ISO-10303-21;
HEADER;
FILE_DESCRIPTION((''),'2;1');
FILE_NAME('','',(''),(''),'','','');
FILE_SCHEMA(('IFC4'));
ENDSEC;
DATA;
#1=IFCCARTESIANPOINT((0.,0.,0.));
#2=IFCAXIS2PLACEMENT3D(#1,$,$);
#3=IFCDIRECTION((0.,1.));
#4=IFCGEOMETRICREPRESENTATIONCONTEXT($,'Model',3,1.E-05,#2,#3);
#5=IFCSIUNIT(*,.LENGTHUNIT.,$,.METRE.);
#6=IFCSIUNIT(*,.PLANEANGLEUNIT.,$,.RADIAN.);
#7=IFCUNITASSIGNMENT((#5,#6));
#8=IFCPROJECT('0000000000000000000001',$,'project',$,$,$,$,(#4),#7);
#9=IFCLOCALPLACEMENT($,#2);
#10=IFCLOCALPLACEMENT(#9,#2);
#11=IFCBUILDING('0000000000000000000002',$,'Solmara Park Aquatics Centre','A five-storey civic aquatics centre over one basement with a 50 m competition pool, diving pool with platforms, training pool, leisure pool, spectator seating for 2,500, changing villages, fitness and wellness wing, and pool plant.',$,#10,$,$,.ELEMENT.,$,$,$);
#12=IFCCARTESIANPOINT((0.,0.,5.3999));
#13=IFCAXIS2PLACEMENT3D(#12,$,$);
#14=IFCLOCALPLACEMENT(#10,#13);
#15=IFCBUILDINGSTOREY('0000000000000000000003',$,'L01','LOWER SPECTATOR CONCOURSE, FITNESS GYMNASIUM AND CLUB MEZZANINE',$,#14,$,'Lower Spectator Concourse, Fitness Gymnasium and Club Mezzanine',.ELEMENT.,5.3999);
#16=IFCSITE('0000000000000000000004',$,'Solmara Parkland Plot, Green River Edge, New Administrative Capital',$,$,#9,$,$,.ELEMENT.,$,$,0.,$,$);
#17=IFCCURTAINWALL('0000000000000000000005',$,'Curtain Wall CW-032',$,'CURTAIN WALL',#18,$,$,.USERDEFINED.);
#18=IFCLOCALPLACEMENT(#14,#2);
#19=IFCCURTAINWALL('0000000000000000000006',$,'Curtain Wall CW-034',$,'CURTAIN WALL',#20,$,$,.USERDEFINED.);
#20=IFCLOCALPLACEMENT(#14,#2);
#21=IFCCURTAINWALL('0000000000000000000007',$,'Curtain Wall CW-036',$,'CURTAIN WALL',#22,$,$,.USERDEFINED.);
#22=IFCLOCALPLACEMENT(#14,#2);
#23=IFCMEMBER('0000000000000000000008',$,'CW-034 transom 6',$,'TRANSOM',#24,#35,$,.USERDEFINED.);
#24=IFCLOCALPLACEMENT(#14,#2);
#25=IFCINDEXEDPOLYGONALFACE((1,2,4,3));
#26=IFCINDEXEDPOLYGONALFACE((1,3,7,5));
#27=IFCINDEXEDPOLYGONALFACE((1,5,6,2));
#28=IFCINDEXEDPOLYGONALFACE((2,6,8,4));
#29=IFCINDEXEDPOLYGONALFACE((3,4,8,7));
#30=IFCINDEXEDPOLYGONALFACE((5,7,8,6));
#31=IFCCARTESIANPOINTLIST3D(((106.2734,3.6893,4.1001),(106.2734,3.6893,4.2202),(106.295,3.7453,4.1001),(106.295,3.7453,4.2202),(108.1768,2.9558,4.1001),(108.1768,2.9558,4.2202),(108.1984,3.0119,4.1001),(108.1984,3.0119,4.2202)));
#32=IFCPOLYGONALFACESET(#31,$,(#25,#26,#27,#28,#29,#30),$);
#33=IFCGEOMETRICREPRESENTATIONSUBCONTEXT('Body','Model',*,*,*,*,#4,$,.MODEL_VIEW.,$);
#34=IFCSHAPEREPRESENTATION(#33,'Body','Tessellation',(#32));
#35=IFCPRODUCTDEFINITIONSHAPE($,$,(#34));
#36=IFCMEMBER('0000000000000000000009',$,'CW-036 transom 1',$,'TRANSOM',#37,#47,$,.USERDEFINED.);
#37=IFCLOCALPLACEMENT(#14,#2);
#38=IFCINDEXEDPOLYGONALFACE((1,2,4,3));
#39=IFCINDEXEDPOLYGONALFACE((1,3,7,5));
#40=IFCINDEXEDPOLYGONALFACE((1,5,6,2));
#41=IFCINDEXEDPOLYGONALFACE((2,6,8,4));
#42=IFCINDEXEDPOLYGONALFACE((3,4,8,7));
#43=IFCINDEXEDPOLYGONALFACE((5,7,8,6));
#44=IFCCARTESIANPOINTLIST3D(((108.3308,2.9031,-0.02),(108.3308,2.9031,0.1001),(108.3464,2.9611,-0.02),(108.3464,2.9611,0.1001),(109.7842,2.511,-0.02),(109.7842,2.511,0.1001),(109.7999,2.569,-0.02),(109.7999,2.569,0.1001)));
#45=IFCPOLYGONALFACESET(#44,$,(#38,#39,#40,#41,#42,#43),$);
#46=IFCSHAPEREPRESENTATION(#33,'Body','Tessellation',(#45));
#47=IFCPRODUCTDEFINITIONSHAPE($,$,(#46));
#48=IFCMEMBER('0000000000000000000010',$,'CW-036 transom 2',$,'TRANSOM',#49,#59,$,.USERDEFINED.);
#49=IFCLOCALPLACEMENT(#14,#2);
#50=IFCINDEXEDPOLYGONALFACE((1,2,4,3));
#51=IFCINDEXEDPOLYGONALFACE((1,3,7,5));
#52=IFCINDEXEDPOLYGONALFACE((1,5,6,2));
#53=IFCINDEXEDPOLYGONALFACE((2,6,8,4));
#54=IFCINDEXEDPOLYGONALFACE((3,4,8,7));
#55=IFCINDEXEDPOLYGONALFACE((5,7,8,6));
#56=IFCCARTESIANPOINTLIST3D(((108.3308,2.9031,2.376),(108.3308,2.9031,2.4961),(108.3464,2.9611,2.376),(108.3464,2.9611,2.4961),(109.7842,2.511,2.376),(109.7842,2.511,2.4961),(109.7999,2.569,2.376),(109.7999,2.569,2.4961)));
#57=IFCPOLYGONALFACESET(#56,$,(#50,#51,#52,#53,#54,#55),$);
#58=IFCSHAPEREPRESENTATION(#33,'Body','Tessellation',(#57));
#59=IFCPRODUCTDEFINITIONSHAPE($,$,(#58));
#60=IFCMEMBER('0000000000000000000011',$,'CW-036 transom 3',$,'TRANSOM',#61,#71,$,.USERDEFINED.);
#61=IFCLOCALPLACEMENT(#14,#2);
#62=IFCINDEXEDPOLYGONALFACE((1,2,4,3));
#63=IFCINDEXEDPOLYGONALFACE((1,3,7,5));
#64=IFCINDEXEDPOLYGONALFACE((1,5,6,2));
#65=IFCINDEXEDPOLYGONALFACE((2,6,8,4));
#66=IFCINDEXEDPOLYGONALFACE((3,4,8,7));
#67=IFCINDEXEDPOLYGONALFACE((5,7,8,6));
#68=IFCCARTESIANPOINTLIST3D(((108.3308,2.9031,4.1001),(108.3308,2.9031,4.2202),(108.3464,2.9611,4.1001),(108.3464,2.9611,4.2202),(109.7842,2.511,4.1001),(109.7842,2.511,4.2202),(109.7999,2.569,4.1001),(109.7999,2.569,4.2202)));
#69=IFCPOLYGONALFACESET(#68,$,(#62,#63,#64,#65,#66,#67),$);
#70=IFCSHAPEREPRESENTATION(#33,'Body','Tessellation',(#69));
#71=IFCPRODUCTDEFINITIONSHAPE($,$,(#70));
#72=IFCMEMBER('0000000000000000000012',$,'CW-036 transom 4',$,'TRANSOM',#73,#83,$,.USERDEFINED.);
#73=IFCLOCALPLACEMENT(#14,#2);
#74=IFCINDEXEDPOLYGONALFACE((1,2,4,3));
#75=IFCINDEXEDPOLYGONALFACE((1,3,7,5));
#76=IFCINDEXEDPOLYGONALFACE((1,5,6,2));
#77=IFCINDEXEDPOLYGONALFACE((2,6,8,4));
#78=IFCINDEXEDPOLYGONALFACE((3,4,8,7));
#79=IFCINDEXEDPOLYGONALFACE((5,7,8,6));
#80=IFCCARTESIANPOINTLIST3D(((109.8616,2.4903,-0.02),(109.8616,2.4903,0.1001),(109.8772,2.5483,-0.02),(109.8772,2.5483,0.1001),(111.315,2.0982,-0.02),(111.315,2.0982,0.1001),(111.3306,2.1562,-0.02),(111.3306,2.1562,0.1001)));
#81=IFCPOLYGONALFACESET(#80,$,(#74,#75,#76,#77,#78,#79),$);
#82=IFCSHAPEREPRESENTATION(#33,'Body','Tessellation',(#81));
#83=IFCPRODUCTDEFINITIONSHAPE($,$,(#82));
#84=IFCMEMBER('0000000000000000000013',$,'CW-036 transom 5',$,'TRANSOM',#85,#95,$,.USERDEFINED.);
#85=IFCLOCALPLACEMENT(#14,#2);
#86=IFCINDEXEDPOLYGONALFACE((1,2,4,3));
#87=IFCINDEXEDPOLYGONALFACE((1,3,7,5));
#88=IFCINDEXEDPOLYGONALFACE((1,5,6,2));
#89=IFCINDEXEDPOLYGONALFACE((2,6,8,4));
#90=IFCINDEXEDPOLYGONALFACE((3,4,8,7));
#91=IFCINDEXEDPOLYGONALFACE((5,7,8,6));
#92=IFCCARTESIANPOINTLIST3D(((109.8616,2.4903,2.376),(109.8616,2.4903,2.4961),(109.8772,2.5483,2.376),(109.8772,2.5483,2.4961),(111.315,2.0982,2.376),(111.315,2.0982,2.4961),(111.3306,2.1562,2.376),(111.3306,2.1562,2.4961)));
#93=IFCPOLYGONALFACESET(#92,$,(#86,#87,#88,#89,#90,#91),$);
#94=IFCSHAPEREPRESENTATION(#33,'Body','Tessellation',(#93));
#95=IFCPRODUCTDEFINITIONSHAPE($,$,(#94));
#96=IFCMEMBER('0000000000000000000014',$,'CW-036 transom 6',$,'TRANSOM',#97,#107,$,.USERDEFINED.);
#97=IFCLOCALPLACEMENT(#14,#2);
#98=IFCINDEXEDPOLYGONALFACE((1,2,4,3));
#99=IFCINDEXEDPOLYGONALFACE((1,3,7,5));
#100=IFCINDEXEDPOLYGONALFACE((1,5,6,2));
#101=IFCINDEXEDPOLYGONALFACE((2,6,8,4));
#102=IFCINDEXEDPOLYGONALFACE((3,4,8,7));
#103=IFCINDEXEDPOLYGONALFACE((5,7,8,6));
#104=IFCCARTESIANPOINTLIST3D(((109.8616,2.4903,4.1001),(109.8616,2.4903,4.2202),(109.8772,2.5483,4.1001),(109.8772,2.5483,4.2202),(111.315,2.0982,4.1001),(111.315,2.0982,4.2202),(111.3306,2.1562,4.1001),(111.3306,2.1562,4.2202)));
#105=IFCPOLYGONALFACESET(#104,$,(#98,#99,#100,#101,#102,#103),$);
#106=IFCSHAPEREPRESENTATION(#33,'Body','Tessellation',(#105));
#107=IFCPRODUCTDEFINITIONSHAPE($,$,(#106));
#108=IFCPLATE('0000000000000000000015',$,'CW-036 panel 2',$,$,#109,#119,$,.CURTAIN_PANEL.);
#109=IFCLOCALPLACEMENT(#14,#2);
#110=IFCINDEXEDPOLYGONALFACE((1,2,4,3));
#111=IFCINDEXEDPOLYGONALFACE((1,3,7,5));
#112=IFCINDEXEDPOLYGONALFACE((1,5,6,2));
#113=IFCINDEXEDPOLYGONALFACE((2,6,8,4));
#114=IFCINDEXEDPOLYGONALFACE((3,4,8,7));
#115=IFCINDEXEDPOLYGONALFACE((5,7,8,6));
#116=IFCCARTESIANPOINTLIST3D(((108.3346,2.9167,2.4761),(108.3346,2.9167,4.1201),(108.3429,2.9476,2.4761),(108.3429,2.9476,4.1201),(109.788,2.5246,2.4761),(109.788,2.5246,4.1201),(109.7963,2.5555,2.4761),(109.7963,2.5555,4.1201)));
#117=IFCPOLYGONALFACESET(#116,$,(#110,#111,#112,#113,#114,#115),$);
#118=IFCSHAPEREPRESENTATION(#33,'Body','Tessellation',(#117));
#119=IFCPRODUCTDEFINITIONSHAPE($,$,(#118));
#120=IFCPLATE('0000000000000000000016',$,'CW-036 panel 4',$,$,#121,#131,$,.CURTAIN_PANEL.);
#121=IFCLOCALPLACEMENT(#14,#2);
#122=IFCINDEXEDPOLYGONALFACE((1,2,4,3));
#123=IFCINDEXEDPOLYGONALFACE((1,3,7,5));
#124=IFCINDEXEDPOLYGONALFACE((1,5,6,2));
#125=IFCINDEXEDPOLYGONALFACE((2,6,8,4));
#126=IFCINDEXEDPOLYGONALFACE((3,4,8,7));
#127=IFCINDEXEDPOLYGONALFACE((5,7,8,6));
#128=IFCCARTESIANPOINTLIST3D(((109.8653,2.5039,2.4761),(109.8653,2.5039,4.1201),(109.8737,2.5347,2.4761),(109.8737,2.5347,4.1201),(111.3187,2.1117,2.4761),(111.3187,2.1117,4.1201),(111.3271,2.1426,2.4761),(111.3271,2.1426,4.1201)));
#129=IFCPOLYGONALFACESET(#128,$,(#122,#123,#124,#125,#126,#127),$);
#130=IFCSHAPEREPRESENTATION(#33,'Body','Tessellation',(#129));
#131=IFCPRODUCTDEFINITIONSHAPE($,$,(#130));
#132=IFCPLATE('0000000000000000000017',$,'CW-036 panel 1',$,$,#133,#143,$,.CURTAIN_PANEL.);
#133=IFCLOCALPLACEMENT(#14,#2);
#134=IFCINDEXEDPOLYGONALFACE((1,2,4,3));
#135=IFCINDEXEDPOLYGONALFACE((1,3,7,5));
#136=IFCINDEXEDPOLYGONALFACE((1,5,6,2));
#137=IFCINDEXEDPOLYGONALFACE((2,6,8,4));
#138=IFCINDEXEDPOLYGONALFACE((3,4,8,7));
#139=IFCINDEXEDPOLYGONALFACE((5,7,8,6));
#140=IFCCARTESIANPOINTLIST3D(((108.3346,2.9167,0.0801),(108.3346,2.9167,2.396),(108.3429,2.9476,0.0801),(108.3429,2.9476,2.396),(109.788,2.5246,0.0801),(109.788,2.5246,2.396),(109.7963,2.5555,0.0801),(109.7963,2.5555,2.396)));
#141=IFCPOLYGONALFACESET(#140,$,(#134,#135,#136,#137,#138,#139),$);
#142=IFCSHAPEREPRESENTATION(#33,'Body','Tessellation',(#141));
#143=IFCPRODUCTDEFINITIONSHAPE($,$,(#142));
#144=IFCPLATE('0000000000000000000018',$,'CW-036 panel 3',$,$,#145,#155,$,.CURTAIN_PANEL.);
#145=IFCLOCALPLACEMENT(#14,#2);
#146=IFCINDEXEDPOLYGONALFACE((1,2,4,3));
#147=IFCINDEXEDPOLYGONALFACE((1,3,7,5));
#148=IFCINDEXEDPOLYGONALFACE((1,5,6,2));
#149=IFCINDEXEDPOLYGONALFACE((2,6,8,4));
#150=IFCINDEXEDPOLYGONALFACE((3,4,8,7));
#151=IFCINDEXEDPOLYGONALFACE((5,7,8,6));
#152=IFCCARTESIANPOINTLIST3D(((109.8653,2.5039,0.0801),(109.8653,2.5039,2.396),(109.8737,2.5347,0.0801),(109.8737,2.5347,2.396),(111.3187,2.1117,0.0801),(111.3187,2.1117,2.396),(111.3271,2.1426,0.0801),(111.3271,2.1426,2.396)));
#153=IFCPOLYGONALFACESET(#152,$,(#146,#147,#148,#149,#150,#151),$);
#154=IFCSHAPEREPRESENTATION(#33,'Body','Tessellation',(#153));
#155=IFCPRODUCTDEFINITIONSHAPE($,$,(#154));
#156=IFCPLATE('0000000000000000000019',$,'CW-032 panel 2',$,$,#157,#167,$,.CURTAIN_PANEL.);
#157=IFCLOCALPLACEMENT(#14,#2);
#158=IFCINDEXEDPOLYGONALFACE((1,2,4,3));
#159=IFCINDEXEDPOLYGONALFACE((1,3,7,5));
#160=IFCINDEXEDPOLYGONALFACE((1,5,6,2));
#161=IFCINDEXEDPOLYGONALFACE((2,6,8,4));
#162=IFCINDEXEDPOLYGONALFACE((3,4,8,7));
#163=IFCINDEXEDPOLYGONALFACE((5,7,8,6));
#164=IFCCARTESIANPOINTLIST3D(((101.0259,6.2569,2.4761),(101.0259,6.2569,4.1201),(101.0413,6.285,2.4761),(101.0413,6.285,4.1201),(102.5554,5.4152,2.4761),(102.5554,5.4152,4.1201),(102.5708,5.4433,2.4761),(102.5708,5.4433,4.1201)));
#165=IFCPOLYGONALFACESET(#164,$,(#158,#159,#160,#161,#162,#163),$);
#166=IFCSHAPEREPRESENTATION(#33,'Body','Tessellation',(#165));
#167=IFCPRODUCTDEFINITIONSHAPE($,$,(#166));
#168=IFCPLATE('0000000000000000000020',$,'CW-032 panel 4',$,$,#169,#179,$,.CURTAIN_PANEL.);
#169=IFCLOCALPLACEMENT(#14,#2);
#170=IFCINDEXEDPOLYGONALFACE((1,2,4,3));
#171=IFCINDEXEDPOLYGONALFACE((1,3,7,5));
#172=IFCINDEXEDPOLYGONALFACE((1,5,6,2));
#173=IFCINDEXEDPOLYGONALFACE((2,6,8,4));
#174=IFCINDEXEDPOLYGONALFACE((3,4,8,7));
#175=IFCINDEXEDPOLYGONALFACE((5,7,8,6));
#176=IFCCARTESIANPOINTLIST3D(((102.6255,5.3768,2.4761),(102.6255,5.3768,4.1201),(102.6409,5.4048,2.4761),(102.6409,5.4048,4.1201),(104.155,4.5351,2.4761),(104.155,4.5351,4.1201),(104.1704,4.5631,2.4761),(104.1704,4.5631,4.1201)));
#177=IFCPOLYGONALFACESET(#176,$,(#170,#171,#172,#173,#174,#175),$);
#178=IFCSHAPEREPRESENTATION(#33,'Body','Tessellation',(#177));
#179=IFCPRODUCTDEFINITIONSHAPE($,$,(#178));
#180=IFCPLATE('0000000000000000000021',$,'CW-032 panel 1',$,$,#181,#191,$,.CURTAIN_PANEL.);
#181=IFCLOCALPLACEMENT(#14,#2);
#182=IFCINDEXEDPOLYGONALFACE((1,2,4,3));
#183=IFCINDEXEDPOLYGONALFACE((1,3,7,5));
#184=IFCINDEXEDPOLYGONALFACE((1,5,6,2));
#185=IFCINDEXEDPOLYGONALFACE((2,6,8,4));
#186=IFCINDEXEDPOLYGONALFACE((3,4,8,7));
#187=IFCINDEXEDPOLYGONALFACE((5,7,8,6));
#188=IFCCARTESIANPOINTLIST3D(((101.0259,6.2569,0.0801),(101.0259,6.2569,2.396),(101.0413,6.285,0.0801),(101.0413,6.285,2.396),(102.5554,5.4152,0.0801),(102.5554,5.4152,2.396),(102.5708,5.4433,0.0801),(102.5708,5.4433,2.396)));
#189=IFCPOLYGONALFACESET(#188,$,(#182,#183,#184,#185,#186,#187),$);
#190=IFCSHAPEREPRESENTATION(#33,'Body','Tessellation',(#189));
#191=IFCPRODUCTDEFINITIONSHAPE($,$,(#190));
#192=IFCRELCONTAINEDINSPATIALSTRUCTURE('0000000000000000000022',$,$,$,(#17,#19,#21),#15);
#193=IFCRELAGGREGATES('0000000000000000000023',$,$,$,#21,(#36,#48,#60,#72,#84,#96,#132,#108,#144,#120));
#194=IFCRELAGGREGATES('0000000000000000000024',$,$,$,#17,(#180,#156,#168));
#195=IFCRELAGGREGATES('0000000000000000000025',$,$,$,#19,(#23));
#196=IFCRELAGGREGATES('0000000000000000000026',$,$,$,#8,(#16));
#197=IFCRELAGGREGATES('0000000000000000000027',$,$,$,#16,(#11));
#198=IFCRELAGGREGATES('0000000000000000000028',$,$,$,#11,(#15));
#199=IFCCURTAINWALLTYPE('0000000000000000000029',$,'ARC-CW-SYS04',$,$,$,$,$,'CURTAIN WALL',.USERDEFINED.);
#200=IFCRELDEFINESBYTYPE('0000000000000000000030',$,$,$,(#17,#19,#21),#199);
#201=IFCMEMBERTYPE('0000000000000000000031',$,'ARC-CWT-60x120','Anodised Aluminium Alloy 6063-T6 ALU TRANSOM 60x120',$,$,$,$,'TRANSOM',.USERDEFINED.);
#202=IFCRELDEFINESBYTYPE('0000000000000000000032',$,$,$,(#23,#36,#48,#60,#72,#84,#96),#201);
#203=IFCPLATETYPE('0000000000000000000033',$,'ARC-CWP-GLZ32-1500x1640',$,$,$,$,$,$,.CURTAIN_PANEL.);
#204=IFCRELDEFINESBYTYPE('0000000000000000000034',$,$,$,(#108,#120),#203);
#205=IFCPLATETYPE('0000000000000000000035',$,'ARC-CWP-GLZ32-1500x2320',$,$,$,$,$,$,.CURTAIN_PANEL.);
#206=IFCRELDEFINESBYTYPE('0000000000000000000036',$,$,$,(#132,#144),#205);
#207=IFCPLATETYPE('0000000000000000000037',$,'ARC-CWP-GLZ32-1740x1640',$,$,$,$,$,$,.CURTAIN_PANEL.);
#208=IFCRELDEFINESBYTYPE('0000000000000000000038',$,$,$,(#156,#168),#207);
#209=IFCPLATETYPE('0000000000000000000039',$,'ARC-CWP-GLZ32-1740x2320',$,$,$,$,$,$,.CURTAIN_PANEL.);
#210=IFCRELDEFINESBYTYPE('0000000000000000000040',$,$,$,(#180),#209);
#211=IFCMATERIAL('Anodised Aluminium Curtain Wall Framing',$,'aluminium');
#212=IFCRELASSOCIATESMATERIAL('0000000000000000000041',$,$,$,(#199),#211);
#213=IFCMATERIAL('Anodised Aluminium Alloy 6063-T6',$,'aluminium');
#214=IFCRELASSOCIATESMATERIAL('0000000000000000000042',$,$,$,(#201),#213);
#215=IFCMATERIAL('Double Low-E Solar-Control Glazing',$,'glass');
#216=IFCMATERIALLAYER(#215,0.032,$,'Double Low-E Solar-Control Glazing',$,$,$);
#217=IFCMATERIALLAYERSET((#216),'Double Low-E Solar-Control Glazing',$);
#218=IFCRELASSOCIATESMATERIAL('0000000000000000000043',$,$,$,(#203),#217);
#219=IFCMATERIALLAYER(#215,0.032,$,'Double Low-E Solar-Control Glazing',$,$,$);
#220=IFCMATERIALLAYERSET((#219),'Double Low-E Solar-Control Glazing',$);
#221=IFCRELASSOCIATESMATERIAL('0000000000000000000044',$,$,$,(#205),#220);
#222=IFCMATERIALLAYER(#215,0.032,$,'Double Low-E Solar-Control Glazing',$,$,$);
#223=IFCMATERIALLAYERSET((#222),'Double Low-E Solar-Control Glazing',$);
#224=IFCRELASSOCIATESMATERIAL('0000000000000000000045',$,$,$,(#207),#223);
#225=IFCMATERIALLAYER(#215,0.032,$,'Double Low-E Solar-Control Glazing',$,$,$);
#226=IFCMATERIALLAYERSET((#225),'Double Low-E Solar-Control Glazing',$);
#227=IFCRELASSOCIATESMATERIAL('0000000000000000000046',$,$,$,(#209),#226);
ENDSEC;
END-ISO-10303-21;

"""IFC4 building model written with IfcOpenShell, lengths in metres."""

from ifc_helpers import new_model, si_unit, direction, frame, origin, origin_2d, place, context, subcontext, project, spatial, rectangle, extrude, material, layer, layer_set, material_profile, profile_set, type_object, element, aggregate, save


model = new_model("IFC4")

# Units and contexts
model_context = context("Model", 3, precision=1e-05, world=origin(), true_north=direction((0.0, 1.0)))
body_context = subcontext(model_context, "Body", "Model", "MODEL_VIEW")
ifc_project = project(units=[si_unit("LENGTHUNIT", "METRE"), si_unit("PLANEANGLEUNIT", "RADIAN")], contexts=[model_context])

# Site, building, storey
site_placement = place(None, origin())
site = spatial("IfcSite", under=ifc_project, at=site_placement, Name="Solmara Parkland Plot, Green River Edge, New Administrative Capital", CompositionType="ELEMENT", RefElevation=0.0)
building_placement = place(site_placement, origin())
building = spatial("IfcBuilding", under=site, at=building_placement, Name="Solmara Park Aquatics Centre", Description="A five-storey civic aquatics centre over one basement with a 50 m competition pool, diving pool with platforms, training pool, leisure pool, spectator seating for 2,500, changing villages, fitness and wellness wing, and pool plant.", CompositionType="ELEMENT")
storey_placement = place(building_placement, frame((0.0, 0.0, 5.3999)))
storey = spatial("IfcBuildingStorey", under=building, at=storey_placement, Name="L01", Description="LOWER SPECTATOR CONCOURSE, FITNESS GYMNASIUM AND CLUB MEZZANINE", LongName="Lower Spectator Concourse, Fitness Gymnasium and Club Mezzanine", CompositionType="ELEMENT", Elevation=5.3999)

# Curtain walls
ifc_material_1 = material(Name="Anodised Aluminium Curtain Wall Framing", Category="aluminium")
curtain_wall_type = type_object("IfcCurtainWallType", Name="ARC-CW-SYS04", ElementType="CURTAIN WALL", PredefinedType="USERDEFINED", material=ifc_material_1)
curtain_wall_1_placement = place(storey_placement, origin())
curtain_wall_1 = element("IfcCurtainWall", 1, at=curtain_wall_1_placement, inside=storey, type_object=curtain_wall_type, Name="Curtain Wall CW-032", ObjectType="CURTAIN WALL", PredefinedType="USERDEFINED")
ifc_material_2 = material(Name="Anodised Aluminium Alloy 6063-T6", Category="aluminium")
curtain_wall_2_placement = place(storey_placement, origin())
curtain_wall_2 = element("IfcCurtainWall", 2, at=curtain_wall_2_placement, inside=storey, type_object=curtain_wall_type, Name="Curtain Wall CW-034", ObjectType="CURTAIN WALL", PredefinedType="USERDEFINED")
curtain_wall_3_placement = place(storey_placement, origin())
curtain_wall_3 = element("IfcCurtainWall", 3, at=curtain_wall_3_placement, inside=storey, type_object=curtain_wall_type, Name="Curtain Wall CW-036", ObjectType="CURTAIN WALL", PredefinedType="USERDEFINED")

# Members
ifc_material_profile_1 = material_profile(ifc_material_2, rectangle(XDim=0.0601, YDim=0.1201, at=origin_2d()), Name="ALU TRANSOM 60x120")
ifc_profile_set_1 = profile_set([ifc_material_profile_1], Name="Anodised Aluminium Alloy 6063-T6")
member_type_1 = type_object("IfcMemberType", Name="ARC-CWT-60x120", Description="Anodised Aluminium Alloy 6063-T6 ALU TRANSOM 60x120", ElementType="TRANSOM", PredefinedType="USERDEFINED", material=ifc_profile_set_1)
member_1_placement = place(storey_placement, frame((106.2842, 3.7173, 4.1602), z_axis=(0.933123, -0.359556, 0.0), x_axis=(0.359556, 0.933123, 0.0)))
member_1 = element("IfcMember", 4, at=member_1_placement, type_object=member_type_1, Name="CW-034 transom 6", ObjectType="TRANSOM", PredefinedType="USERDEFINED", context=body_context, shape_type="SweptSolid", body=[
    extrude(rectangle(XDim=0.0601, YDim=0.1201, at=origin_2d()), origin(), (0.0, 0.0, 1.0), 2.0398),
])
member_2_placement = place(storey_placement, frame((108.3386, 2.9321, 0.04), z_axis=(0.965483, -0.260468, 0.0), x_axis=(0.260468, 0.965483, 0.0)))
member_2 = element("IfcMember", 5, at=member_2_placement, type_object=member_type_1, Name="CW-036 transom 1", ObjectType="TRANSOM", PredefinedType="USERDEFINED", context=body_context, shape_type="SweptSolid", body=[
    extrude(rectangle(XDim=0.0601, YDim=0.1201, at=origin_2d()), origin(), (0.0, 0.0, 1.0), 1.5054),
])
member_3_placement = place(storey_placement, frame((108.3386, 2.9321, 2.436), z_axis=(0.965483, -0.260468, 0.0), x_axis=(0.260468, 0.965483, 0.0)))
member_3 = element("IfcMember", 6, at=member_3_placement, type_object=member_type_1, Name="CW-036 transom 2", ObjectType="TRANSOM", PredefinedType="USERDEFINED", context=body_context, shape_type="SweptSolid", body=[
    extrude(rectangle(XDim=0.0601, YDim=0.1201, at=origin_2d()), origin(), (0.0, 0.0, 1.0), 1.5054),
])
member_4_placement = place(storey_placement, frame((108.3386, 2.9321, 4.1602), z_axis=(0.965483, -0.260468, 0.0), x_axis=(0.260468, 0.965483, 0.0)))
member_4 = element("IfcMember", 7, at=member_4_placement, type_object=member_type_1, Name="CW-036 transom 3", ObjectType="TRANSOM", PredefinedType="USERDEFINED", context=body_context, shape_type="SweptSolid", body=[
    extrude(rectangle(XDim=0.0601, YDim=0.1201, at=origin_2d()), origin(), (0.0, 0.0, 1.0), 1.5054),
])
member_5_placement = place(storey_placement, frame((109.8694, 2.5193, 0.04), z_axis=(0.965483, -0.260468, 0.0), x_axis=(0.260468, 0.965483, 0.0)))
member_5 = element("IfcMember", 8, at=member_5_placement, type_object=member_type_1, Name="CW-036 transom 4", ObjectType="TRANSOM", PredefinedType="USERDEFINED", context=body_context, shape_type="SweptSolid", body=[
    extrude(rectangle(XDim=0.0601, YDim=0.1201, at=origin_2d()), origin(), (0.0, 0.0, 1.0), 1.5054),
])
member_6_placement = place(storey_placement, frame((109.8694, 2.5193, 2.436), z_axis=(0.965483, -0.260468, 0.0), x_axis=(0.260468, 0.965483, 0.0)))
member_6 = element("IfcMember", 9, at=member_6_placement, type_object=member_type_1, Name="CW-036 transom 5", ObjectType="TRANSOM", PredefinedType="USERDEFINED", context=body_context, shape_type="SweptSolid", body=[
    extrude(rectangle(XDim=0.0601, YDim=0.1201, at=origin_2d()), origin(), (0.0, 0.0, 1.0), 1.5054),
])
member_7_placement = place(storey_placement, frame((109.8694, 2.5193, 4.1602), z_axis=(0.965483, -0.260468, 0.0), x_axis=(0.260468, 0.965483, 0.0)))
member_7 = element("IfcMember", 10, at=member_7_placement, type_object=member_type_1, Name="CW-036 transom 6", ObjectType="TRANSOM", PredefinedType="USERDEFINED", context=body_context, shape_type="SweptSolid", body=[
    extrude(rectangle(XDim=0.0601, YDim=0.1201, at=origin_2d()), origin(), (0.0, 0.0, 1.0), 1.5054),
])

# Plates
ifc_material_3 = material(Name="Double Low-E Solar-Control Glazing", Category="glass")
ifc_layer_1 = layer(ifc_material_3, 0.032, Name="Double Low-E Solar-Control Glazing")
ifc_layer_set_1 = layer_set([ifc_layer_1], Name="Double Low-E Solar-Control Glazing")
plate_type_1 = type_object("IfcPlateType", Name="ARC-CWP-GLZ32-1500x1640", PredefinedType="CURTAIN_PANEL", material=ifc_layer_set_1)
plate_1_placement = place(storey_placement, frame((109.0654, 2.7361, 2.4761), z_axis=(0.0, 0.0, 1.0), x_axis=(0.96548, -0.260476, 0.0)))
plate_1 = element("IfcPlate", 11, at=plate_1_placement, type_object=plate_type_1, Name="CW-036 panel 2", PredefinedType="CURTAIN_PANEL", context=body_context, shape_type="SweptSolid", body=[
    extrude(rectangle(XDim=1.5054, YDim=0.032, at=origin_2d()), origin(), (0.0, 0.0, 1.0), 1.644),
])
plate_2_placement = place(storey_placement, frame((110.5962, 2.3232, 2.4761), z_axis=(0.0, 0.0, 1.0), x_axis=(0.96548, -0.260476, 0.0)))
plate_2 = element("IfcPlate", 12, at=plate_2_placement, type_object=plate_type_1, Name="CW-036 panel 4", PredefinedType="CURTAIN_PANEL", context=body_context, shape_type="SweptSolid", body=[
    extrude(rectangle(XDim=1.5054, YDim=0.032, at=origin_2d()), origin(), (0.0, 0.0, 1.0), 1.644),
])
ifc_layer_2 = layer(ifc_material_3, 0.032, Name="Double Low-E Solar-Control Glazing")
ifc_layer_set_2 = layer_set([ifc_layer_2], Name="Double Low-E Solar-Control Glazing")
plate_type_2 = type_object("IfcPlateType", Name="ARC-CWP-GLZ32-1500x2320", PredefinedType="CURTAIN_PANEL", material=ifc_layer_set_2)
plate_3_placement = place(storey_placement, frame((109.0654, 2.7361, 0.0801), z_axis=(0.0, 0.0, 1.0), x_axis=(0.96548, -0.260476, 0.0)))
plate_3 = element("IfcPlate", 13, at=plate_3_placement, type_object=plate_type_2, Name="CW-036 panel 1", PredefinedType="CURTAIN_PANEL", context=body_context, shape_type="SweptSolid", body=[
    extrude(rectangle(XDim=1.5054, YDim=0.032, at=origin_2d()), origin(), (0.0, 0.0, 1.0), 2.3159),
])
plate_4_placement = place(storey_placement, frame((110.5962, 2.3232, 0.0801), z_axis=(0.0, 0.0, 1.0), x_axis=(0.96548, -0.260476, 0.0)))
plate_4 = element("IfcPlate", 14, at=plate_4_placement, type_object=plate_type_2, Name="CW-036 panel 3", PredefinedType="CURTAIN_PANEL", context=body_context, shape_type="SweptSolid", body=[
    extrude(rectangle(XDim=1.5054, YDim=0.032, at=origin_2d()), origin(), (0.0, 0.0, 1.0), 2.3159),
])
aggregate(curtain_wall_3, [member_2, member_3, member_4, member_5, member_6, member_7, plate_3, plate_1, plate_4, plate_2])
ifc_layer_3 = layer(ifc_material_3, 0.032, Name="Double Low-E Solar-Control Glazing")
ifc_layer_set_3 = layer_set([ifc_layer_3], Name="Double Low-E Solar-Control Glazing")
plate_type_3 = type_object("IfcPlateType", Name="ARC-CWP-GLZ32-1740x1640", PredefinedType="CURTAIN_PANEL", material=ifc_layer_set_3)
plate_5_placement = place(storey_placement, frame((101.7983, 5.8501, 2.4761), z_axis=(0.0, 0.0, 1.0), x_axis=(0.876105, -0.482121, 0.0)))
plate_5 = element("IfcPlate", 15, at=plate_5_placement, type_object=plate_type_3, Name="CW-032 panel 2", PredefinedType="CURTAIN_PANEL", context=body_context, shape_type="SweptSolid", body=[
    extrude(rectangle(XDim=1.7458, YDim=0.032, at=origin_2d()), origin(), (0.0, 0.0, 1.0), 1.644),
])
plate_6_placement = place(storey_placement, frame((103.3979, 4.97, 2.4761), z_axis=(0.0, 0.0, 1.0), x_axis=(0.876105, -0.482121, 0.0)))
plate_6 = element("IfcPlate", 16, at=plate_6_placement, type_object=plate_type_3, Name="CW-032 panel 4", PredefinedType="CURTAIN_PANEL", context=body_context, shape_type="SweptSolid", body=[
    extrude(rectangle(XDim=1.7458, YDim=0.032, at=origin_2d()), origin(), (0.0, 0.0, 1.0), 1.644),
])
ifc_layer_4 = layer(ifc_material_3, 0.032, Name="Double Low-E Solar-Control Glazing")
ifc_layer_set_4 = layer_set([ifc_layer_4], Name="Double Low-E Solar-Control Glazing")
plate_type_4 = type_object("IfcPlateType", Name="ARC-CWP-GLZ32-1740x2320", PredefinedType="CURTAIN_PANEL", material=ifc_layer_set_4)
plate_7_placement = place(storey_placement, frame((101.7983, 5.8501, 0.0801), z_axis=(0.0, 0.0, 1.0), x_axis=(0.876105, -0.482121, 0.0)))
plate_7 = element("IfcPlate", 17, at=plate_7_placement, type_object=plate_type_4, Name="CW-032 panel 1", PredefinedType="CURTAIN_PANEL", context=body_context, shape_type="SweptSolid", body=[
    extrude(rectangle(XDim=1.7458, YDim=0.032, at=origin_2d()), origin(), (0.0, 0.0, 1.0), 2.3159),
])
aggregate(curtain_wall_1, [plate_7, plate_5, plate_6])
aggregate(curtain_wall_2, [member_1])

save(model, "model.ifc")
